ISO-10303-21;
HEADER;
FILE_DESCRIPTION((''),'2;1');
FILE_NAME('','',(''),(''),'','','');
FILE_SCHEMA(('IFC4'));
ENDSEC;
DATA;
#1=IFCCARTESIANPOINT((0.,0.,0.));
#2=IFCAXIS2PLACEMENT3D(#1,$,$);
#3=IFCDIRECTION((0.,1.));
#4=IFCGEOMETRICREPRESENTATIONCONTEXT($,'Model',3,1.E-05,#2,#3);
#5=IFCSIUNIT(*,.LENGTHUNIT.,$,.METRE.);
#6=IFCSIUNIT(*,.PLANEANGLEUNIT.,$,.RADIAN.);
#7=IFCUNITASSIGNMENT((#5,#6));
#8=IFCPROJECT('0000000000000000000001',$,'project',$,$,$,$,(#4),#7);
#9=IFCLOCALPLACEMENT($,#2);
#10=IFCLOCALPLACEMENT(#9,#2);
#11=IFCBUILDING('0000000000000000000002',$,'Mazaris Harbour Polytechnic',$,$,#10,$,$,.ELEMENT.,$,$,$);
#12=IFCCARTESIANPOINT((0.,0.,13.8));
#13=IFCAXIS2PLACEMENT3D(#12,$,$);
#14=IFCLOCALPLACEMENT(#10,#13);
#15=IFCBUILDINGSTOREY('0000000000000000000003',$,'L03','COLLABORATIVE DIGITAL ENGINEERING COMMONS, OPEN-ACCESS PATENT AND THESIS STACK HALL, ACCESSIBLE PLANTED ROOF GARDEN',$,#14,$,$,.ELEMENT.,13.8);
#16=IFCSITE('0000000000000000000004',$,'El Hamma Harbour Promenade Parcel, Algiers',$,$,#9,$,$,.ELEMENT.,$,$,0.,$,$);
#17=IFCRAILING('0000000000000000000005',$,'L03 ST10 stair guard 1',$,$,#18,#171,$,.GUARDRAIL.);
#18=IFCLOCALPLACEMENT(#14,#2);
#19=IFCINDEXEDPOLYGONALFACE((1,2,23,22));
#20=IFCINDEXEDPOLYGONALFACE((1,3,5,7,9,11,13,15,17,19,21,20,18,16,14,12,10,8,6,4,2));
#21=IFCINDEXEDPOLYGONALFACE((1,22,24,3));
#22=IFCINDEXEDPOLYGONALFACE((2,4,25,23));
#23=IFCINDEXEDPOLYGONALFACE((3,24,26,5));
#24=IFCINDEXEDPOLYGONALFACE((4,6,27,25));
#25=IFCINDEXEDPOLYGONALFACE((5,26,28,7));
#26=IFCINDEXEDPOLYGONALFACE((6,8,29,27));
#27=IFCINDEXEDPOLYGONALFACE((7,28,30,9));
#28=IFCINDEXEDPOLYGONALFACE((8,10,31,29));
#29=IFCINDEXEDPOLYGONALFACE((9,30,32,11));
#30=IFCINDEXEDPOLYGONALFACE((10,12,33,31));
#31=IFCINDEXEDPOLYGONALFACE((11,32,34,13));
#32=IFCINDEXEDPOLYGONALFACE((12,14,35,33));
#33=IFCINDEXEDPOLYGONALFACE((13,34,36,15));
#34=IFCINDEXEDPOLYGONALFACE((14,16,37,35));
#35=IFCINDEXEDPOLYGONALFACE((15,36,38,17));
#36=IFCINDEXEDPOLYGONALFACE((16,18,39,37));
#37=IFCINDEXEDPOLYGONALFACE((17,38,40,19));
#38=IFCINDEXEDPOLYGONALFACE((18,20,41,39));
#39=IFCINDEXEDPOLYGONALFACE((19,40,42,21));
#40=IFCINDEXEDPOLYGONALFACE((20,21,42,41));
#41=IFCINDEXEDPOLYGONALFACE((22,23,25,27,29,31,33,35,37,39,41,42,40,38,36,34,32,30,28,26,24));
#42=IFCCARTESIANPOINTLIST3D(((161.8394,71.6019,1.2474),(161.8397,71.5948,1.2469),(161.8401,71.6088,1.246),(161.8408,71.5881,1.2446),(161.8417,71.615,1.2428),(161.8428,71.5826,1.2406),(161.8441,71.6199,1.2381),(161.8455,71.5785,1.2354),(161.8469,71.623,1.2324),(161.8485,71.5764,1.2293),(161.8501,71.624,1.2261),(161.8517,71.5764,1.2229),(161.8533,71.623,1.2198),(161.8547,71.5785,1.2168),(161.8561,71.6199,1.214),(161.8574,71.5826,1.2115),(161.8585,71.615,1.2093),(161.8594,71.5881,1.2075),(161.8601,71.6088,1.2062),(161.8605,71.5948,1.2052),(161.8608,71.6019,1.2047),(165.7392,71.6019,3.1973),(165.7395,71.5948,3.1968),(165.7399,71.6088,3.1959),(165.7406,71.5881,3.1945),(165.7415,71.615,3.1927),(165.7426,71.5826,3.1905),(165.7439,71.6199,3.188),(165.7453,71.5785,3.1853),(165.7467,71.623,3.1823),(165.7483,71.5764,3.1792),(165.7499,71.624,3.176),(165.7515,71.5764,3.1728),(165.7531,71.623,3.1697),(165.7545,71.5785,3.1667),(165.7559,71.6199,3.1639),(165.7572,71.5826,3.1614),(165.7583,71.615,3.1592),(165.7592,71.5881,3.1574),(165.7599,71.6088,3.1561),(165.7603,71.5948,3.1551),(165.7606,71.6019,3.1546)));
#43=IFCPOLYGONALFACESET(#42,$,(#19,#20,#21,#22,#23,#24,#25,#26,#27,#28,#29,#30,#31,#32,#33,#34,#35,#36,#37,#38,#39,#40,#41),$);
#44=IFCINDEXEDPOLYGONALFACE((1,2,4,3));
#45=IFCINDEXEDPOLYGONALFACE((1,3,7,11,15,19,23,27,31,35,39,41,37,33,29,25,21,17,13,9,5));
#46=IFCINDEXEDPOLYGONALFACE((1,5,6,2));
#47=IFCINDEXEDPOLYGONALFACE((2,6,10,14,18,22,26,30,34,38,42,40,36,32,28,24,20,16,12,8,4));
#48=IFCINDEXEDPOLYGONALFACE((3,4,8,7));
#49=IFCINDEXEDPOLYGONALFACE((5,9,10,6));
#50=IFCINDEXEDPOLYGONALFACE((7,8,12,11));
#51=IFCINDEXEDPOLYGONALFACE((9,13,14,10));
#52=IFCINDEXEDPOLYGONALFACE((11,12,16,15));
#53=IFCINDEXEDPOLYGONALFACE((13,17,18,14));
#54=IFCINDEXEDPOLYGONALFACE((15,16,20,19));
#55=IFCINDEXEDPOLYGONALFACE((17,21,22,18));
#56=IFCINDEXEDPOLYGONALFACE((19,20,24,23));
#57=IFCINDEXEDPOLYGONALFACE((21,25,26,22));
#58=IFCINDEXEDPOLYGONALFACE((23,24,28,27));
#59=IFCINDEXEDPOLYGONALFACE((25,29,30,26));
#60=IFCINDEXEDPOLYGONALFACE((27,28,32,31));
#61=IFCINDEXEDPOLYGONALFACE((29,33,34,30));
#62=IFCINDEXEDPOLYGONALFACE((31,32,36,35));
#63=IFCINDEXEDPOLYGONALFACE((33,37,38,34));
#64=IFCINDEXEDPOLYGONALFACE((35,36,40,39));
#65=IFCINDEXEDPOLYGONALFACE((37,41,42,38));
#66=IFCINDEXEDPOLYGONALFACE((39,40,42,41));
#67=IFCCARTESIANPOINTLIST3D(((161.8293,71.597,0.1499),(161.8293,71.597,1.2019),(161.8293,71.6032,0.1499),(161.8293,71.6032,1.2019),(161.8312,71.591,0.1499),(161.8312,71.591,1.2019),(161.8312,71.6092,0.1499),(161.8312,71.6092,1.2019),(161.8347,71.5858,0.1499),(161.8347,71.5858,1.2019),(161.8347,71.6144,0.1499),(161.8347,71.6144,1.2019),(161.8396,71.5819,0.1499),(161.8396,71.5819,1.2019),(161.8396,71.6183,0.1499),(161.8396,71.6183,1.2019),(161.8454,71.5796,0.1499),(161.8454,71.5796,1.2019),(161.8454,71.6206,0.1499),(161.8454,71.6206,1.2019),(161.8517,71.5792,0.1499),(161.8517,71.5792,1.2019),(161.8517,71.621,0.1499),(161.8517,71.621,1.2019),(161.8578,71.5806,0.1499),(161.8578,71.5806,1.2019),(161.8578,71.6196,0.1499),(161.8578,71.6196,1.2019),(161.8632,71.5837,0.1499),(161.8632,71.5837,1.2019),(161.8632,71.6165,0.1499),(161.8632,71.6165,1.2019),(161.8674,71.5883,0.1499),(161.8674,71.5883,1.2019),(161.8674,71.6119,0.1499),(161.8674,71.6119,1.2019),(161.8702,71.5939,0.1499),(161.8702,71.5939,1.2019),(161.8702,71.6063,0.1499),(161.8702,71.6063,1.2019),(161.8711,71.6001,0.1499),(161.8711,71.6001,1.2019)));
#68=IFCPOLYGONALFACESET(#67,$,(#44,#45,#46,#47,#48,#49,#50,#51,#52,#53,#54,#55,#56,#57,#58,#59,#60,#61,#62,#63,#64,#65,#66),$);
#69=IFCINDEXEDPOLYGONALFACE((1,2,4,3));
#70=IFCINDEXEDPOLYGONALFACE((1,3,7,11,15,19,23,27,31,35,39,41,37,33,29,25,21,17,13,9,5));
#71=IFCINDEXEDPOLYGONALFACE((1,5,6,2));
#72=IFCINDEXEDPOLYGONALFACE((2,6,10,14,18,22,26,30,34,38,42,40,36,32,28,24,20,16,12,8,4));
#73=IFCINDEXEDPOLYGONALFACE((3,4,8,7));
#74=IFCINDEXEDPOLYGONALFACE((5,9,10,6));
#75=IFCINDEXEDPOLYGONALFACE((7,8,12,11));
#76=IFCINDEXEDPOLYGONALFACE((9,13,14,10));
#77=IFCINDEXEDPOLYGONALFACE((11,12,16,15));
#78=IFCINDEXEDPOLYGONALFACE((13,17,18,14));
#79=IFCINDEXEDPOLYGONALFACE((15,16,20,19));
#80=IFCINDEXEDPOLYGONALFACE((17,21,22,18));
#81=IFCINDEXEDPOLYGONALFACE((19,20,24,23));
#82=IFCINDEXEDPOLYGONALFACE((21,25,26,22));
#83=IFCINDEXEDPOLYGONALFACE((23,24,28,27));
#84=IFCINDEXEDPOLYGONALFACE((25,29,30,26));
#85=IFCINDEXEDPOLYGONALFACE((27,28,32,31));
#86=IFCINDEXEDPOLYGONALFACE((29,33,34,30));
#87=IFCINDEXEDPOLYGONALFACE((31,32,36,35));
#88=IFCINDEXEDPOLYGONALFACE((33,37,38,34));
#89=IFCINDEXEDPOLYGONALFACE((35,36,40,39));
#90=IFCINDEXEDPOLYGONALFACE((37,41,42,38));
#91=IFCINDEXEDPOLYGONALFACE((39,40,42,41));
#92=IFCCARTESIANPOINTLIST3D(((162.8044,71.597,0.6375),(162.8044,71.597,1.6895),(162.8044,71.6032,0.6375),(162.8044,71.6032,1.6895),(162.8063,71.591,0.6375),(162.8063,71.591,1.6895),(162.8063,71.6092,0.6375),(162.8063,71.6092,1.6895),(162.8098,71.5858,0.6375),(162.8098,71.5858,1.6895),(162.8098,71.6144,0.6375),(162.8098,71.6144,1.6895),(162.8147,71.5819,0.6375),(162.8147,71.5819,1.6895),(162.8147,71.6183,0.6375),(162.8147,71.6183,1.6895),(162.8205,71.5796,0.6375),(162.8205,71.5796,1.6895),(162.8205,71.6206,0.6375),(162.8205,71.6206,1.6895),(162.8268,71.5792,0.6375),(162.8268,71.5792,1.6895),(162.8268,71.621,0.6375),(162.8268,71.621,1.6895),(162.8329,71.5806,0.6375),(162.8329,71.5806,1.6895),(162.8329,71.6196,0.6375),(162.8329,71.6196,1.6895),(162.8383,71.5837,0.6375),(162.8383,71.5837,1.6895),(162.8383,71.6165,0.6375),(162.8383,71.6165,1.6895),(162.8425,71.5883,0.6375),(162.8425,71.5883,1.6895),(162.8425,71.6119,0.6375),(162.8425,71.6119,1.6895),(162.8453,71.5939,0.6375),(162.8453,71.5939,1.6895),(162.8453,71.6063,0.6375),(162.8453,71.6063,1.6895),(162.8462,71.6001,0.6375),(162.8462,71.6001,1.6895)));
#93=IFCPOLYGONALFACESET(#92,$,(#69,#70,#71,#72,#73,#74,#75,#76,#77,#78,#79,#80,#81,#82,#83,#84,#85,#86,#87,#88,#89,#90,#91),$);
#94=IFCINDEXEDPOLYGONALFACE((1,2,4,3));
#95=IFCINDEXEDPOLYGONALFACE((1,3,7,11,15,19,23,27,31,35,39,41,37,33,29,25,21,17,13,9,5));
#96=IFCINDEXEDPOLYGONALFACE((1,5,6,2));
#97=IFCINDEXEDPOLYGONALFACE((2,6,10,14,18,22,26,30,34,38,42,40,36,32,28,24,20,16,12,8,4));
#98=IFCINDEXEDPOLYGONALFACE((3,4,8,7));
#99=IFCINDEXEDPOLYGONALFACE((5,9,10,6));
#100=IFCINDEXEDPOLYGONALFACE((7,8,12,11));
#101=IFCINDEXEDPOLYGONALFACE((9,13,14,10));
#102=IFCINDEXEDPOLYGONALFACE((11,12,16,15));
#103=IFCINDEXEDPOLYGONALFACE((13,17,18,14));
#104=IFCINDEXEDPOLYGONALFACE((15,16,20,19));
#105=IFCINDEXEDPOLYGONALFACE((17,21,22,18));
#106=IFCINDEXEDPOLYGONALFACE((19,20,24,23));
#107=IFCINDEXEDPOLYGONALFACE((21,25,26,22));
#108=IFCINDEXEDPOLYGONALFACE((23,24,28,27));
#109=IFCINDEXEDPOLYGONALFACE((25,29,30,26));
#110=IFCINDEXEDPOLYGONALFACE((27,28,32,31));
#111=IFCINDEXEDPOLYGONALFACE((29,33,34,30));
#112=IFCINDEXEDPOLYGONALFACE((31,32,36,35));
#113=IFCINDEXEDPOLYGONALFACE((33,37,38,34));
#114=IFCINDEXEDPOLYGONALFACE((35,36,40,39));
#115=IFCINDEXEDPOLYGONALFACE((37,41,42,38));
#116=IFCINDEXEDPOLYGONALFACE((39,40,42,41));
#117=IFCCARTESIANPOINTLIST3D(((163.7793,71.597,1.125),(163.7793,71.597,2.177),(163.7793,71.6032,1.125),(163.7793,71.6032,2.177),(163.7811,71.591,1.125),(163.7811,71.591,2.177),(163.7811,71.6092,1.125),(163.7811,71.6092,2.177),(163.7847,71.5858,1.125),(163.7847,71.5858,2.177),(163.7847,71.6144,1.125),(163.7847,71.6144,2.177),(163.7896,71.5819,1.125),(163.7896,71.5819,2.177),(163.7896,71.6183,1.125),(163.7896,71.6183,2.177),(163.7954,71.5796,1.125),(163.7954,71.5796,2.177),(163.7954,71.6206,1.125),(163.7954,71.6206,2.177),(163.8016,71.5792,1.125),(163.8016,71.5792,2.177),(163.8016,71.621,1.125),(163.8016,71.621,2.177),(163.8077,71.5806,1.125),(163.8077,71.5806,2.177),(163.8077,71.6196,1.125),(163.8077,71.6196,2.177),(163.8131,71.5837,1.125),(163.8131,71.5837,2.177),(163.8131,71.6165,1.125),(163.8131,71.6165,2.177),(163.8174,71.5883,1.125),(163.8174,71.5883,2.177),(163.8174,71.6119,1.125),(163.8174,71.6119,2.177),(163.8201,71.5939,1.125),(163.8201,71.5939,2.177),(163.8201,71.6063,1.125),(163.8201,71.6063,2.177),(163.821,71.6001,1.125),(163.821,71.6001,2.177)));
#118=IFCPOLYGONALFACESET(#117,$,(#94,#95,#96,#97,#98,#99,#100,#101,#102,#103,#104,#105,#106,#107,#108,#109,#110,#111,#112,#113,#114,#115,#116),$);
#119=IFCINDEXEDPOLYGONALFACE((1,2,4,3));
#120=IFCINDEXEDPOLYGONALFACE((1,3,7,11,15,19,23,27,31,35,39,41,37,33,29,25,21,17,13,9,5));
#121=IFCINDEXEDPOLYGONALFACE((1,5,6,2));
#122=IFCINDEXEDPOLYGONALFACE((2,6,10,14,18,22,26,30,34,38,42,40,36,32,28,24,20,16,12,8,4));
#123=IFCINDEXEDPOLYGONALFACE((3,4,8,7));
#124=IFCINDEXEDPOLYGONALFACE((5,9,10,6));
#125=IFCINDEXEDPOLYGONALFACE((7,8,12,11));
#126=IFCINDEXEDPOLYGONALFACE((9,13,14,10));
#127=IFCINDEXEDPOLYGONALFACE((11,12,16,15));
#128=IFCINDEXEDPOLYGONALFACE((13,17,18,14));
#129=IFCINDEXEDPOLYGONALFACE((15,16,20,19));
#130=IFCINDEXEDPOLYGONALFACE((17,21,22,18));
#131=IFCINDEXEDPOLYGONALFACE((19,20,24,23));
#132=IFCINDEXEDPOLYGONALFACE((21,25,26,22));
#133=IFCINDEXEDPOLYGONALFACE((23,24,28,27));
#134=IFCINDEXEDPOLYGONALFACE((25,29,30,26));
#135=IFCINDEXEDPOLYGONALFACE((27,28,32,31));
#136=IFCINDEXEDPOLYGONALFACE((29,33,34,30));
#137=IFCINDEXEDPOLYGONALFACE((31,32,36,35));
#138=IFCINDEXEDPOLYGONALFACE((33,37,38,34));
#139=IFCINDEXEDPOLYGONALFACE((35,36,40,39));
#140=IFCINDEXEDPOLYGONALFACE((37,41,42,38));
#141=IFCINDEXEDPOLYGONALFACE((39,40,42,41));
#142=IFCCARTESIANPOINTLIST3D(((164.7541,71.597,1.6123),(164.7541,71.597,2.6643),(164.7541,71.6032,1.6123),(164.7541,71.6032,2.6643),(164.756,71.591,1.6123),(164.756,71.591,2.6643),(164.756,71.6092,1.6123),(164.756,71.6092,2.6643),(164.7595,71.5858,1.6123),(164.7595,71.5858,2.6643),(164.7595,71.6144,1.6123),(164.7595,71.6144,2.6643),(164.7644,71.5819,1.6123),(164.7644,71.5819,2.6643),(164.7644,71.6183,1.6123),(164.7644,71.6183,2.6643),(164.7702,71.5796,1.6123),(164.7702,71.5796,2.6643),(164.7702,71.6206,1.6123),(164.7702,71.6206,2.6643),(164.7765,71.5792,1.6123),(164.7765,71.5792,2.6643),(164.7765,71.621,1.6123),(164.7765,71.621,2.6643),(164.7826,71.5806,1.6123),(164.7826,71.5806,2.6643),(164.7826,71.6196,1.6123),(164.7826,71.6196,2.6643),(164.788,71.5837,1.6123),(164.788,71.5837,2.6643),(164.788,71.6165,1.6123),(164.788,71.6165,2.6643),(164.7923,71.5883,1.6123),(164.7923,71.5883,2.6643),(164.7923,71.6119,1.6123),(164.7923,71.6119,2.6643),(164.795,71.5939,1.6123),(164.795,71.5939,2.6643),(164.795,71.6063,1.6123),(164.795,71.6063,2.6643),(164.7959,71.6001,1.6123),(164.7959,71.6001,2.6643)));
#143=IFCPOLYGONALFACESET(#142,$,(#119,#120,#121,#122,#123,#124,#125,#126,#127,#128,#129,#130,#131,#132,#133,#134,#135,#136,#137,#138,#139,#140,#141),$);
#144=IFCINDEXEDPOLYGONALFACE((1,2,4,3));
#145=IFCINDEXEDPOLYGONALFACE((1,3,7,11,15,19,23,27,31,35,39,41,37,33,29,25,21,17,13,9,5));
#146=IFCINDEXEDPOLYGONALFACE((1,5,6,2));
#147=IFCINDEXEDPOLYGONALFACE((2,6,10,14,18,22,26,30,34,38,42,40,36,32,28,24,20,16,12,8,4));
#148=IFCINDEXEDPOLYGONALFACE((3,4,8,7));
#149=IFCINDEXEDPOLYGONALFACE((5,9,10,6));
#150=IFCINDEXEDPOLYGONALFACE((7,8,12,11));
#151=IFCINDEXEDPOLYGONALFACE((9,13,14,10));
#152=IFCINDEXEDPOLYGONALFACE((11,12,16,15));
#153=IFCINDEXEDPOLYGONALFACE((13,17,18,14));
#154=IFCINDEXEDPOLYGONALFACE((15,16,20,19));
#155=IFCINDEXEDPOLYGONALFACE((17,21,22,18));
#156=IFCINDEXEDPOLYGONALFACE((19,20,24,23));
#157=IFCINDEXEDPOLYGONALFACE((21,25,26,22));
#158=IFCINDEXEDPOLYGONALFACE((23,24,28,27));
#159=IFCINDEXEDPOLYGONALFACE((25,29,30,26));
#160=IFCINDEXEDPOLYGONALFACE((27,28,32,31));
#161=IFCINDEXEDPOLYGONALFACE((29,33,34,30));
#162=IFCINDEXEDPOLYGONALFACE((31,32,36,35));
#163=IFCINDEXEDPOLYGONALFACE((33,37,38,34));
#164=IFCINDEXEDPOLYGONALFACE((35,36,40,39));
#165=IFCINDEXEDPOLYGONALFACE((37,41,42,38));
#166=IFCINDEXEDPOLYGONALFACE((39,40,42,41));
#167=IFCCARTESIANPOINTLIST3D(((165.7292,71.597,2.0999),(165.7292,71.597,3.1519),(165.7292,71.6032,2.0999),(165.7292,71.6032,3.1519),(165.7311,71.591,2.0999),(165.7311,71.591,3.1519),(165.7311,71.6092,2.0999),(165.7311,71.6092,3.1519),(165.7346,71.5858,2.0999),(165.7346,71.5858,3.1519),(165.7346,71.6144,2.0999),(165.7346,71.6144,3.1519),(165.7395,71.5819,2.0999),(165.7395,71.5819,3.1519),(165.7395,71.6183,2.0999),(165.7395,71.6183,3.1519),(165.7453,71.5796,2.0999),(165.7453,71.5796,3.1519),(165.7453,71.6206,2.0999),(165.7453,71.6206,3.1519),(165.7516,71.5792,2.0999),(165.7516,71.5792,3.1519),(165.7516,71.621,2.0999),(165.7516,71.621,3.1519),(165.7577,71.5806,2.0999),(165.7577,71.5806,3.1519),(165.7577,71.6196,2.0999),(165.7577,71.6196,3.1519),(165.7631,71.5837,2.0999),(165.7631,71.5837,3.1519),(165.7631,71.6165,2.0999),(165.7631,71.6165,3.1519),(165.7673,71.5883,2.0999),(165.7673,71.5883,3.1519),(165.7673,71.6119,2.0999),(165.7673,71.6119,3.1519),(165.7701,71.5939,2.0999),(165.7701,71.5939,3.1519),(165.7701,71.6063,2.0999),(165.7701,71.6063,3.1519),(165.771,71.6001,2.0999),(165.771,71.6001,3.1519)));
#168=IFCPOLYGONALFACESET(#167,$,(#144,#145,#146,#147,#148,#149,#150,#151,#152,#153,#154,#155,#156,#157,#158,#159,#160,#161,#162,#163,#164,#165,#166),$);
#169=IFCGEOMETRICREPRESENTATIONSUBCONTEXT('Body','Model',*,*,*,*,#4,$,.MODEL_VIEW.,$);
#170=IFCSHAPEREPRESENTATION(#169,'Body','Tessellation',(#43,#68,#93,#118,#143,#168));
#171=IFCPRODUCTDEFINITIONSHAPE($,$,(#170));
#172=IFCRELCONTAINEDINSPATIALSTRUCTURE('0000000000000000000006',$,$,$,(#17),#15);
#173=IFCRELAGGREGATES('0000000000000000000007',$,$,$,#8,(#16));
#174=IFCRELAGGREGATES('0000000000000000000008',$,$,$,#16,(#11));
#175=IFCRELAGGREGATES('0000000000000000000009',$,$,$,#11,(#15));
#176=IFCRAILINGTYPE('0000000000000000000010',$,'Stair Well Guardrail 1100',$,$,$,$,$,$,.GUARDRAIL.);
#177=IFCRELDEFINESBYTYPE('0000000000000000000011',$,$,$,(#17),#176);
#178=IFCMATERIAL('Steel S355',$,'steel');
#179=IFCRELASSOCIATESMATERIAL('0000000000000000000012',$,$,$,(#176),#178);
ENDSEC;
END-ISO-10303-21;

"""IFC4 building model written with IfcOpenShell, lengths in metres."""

from ifc_helpers import new_model, si_unit, direction, frame, origin, origin_2d, place, context, subcontext, project, spatial, circle, extrude, material, type_object, element, save


model = new_model("IFC4")

# Units and contexts
model_context = context("Model", 3, precision=1e-05, world=origin(), true_north=direction((0.0, 1.0)))
body_context = subcontext(model_context, "Body", "Model", "MODEL_VIEW")
ifc_project = project(units=[si_unit("LENGTHUNIT", "METRE"), si_unit("PLANEANGLEUNIT", "RADIAN")], contexts=[model_context])

# Site, building, storey
site_placement = place(None, origin())
site = spatial("IfcSite", under=ifc_project, at=site_placement, Name="El Hamma Harbour Promenade Parcel, Algiers", CompositionType="ELEMENT", RefElevation=0.0)
building_placement = place(site_placement, origin())
building = spatial("IfcBuilding", under=site, at=building_placement, Name="Mazaris Harbour Polytechnic", CompositionType="ELEMENT")
storey_placement = place(building_placement, frame((0.0, 0.0, 13.8)))
storey = spatial("IfcBuildingStorey", under=building, at=storey_placement, Name="L03", Description="COLLABORATIVE DIGITAL ENGINEERING COMMONS, OPEN-ACCESS PATENT AND THESIS STACK HALL, ACCESSIBLE PLANTED ROOF GARDEN", CompositionType="ELEMENT", Elevation=13.8)

# Railing
ifc_material_1 = material(Name="Steel S355", Category="steel")
railing_type_1 = type_object("IfcRailingType", Name="Stair Well Guardrail 1100", PredefinedType="GUARDRAIL", material=ifc_material_1)
railing_1_placement = place(storey_placement, frame((161.8501, 71.6001, 0.1499)))
element("IfcRailing", 1, at=railing_1_placement, inside=storey, type_object=railing_type_1, Name="L03 ST10 stair guard 1", PredefinedType="GUARDRAIL", context=body_context, shape_type="SweptSolid", body=[
    extrude(circle(Radius=0.0239, at=origin_2d()), frame((0.0, 0.0, 1.0762), z_axis=(0.894427, 0.0, 0.447214), x_axis=(0.0, 1.0, 0.0)), (0.0, 0.0, 1.0), 4.3601),
    extrude(circle(Radius=0.021, at=origin_2d()), origin(), (0.0, 0.0, 1.0), 1.052),
    extrude(circle(Radius=0.021, at=origin_2d()), frame((0.9751, 0.0, 0.4875)), (0.0, 0.0, 1.0), 1.052),
    extrude(circle(Radius=0.021, at=origin_2d()), frame((1.95, 0.0, 0.9751)), (0.0, 0.0, 1.0), 1.052),
    extrude(circle(Radius=0.021, at=origin_2d()), frame((2.9248, 0.0, 1.4624)), (0.0, 0.0, 1.0), 1.052),
    extrude(circle(Radius=0.021, at=origin_2d()), frame((3.8999, 0.0, 1.95)), (0.0, 0.0, 1.0), 1.052),
])

save(model, "model.ifc")
